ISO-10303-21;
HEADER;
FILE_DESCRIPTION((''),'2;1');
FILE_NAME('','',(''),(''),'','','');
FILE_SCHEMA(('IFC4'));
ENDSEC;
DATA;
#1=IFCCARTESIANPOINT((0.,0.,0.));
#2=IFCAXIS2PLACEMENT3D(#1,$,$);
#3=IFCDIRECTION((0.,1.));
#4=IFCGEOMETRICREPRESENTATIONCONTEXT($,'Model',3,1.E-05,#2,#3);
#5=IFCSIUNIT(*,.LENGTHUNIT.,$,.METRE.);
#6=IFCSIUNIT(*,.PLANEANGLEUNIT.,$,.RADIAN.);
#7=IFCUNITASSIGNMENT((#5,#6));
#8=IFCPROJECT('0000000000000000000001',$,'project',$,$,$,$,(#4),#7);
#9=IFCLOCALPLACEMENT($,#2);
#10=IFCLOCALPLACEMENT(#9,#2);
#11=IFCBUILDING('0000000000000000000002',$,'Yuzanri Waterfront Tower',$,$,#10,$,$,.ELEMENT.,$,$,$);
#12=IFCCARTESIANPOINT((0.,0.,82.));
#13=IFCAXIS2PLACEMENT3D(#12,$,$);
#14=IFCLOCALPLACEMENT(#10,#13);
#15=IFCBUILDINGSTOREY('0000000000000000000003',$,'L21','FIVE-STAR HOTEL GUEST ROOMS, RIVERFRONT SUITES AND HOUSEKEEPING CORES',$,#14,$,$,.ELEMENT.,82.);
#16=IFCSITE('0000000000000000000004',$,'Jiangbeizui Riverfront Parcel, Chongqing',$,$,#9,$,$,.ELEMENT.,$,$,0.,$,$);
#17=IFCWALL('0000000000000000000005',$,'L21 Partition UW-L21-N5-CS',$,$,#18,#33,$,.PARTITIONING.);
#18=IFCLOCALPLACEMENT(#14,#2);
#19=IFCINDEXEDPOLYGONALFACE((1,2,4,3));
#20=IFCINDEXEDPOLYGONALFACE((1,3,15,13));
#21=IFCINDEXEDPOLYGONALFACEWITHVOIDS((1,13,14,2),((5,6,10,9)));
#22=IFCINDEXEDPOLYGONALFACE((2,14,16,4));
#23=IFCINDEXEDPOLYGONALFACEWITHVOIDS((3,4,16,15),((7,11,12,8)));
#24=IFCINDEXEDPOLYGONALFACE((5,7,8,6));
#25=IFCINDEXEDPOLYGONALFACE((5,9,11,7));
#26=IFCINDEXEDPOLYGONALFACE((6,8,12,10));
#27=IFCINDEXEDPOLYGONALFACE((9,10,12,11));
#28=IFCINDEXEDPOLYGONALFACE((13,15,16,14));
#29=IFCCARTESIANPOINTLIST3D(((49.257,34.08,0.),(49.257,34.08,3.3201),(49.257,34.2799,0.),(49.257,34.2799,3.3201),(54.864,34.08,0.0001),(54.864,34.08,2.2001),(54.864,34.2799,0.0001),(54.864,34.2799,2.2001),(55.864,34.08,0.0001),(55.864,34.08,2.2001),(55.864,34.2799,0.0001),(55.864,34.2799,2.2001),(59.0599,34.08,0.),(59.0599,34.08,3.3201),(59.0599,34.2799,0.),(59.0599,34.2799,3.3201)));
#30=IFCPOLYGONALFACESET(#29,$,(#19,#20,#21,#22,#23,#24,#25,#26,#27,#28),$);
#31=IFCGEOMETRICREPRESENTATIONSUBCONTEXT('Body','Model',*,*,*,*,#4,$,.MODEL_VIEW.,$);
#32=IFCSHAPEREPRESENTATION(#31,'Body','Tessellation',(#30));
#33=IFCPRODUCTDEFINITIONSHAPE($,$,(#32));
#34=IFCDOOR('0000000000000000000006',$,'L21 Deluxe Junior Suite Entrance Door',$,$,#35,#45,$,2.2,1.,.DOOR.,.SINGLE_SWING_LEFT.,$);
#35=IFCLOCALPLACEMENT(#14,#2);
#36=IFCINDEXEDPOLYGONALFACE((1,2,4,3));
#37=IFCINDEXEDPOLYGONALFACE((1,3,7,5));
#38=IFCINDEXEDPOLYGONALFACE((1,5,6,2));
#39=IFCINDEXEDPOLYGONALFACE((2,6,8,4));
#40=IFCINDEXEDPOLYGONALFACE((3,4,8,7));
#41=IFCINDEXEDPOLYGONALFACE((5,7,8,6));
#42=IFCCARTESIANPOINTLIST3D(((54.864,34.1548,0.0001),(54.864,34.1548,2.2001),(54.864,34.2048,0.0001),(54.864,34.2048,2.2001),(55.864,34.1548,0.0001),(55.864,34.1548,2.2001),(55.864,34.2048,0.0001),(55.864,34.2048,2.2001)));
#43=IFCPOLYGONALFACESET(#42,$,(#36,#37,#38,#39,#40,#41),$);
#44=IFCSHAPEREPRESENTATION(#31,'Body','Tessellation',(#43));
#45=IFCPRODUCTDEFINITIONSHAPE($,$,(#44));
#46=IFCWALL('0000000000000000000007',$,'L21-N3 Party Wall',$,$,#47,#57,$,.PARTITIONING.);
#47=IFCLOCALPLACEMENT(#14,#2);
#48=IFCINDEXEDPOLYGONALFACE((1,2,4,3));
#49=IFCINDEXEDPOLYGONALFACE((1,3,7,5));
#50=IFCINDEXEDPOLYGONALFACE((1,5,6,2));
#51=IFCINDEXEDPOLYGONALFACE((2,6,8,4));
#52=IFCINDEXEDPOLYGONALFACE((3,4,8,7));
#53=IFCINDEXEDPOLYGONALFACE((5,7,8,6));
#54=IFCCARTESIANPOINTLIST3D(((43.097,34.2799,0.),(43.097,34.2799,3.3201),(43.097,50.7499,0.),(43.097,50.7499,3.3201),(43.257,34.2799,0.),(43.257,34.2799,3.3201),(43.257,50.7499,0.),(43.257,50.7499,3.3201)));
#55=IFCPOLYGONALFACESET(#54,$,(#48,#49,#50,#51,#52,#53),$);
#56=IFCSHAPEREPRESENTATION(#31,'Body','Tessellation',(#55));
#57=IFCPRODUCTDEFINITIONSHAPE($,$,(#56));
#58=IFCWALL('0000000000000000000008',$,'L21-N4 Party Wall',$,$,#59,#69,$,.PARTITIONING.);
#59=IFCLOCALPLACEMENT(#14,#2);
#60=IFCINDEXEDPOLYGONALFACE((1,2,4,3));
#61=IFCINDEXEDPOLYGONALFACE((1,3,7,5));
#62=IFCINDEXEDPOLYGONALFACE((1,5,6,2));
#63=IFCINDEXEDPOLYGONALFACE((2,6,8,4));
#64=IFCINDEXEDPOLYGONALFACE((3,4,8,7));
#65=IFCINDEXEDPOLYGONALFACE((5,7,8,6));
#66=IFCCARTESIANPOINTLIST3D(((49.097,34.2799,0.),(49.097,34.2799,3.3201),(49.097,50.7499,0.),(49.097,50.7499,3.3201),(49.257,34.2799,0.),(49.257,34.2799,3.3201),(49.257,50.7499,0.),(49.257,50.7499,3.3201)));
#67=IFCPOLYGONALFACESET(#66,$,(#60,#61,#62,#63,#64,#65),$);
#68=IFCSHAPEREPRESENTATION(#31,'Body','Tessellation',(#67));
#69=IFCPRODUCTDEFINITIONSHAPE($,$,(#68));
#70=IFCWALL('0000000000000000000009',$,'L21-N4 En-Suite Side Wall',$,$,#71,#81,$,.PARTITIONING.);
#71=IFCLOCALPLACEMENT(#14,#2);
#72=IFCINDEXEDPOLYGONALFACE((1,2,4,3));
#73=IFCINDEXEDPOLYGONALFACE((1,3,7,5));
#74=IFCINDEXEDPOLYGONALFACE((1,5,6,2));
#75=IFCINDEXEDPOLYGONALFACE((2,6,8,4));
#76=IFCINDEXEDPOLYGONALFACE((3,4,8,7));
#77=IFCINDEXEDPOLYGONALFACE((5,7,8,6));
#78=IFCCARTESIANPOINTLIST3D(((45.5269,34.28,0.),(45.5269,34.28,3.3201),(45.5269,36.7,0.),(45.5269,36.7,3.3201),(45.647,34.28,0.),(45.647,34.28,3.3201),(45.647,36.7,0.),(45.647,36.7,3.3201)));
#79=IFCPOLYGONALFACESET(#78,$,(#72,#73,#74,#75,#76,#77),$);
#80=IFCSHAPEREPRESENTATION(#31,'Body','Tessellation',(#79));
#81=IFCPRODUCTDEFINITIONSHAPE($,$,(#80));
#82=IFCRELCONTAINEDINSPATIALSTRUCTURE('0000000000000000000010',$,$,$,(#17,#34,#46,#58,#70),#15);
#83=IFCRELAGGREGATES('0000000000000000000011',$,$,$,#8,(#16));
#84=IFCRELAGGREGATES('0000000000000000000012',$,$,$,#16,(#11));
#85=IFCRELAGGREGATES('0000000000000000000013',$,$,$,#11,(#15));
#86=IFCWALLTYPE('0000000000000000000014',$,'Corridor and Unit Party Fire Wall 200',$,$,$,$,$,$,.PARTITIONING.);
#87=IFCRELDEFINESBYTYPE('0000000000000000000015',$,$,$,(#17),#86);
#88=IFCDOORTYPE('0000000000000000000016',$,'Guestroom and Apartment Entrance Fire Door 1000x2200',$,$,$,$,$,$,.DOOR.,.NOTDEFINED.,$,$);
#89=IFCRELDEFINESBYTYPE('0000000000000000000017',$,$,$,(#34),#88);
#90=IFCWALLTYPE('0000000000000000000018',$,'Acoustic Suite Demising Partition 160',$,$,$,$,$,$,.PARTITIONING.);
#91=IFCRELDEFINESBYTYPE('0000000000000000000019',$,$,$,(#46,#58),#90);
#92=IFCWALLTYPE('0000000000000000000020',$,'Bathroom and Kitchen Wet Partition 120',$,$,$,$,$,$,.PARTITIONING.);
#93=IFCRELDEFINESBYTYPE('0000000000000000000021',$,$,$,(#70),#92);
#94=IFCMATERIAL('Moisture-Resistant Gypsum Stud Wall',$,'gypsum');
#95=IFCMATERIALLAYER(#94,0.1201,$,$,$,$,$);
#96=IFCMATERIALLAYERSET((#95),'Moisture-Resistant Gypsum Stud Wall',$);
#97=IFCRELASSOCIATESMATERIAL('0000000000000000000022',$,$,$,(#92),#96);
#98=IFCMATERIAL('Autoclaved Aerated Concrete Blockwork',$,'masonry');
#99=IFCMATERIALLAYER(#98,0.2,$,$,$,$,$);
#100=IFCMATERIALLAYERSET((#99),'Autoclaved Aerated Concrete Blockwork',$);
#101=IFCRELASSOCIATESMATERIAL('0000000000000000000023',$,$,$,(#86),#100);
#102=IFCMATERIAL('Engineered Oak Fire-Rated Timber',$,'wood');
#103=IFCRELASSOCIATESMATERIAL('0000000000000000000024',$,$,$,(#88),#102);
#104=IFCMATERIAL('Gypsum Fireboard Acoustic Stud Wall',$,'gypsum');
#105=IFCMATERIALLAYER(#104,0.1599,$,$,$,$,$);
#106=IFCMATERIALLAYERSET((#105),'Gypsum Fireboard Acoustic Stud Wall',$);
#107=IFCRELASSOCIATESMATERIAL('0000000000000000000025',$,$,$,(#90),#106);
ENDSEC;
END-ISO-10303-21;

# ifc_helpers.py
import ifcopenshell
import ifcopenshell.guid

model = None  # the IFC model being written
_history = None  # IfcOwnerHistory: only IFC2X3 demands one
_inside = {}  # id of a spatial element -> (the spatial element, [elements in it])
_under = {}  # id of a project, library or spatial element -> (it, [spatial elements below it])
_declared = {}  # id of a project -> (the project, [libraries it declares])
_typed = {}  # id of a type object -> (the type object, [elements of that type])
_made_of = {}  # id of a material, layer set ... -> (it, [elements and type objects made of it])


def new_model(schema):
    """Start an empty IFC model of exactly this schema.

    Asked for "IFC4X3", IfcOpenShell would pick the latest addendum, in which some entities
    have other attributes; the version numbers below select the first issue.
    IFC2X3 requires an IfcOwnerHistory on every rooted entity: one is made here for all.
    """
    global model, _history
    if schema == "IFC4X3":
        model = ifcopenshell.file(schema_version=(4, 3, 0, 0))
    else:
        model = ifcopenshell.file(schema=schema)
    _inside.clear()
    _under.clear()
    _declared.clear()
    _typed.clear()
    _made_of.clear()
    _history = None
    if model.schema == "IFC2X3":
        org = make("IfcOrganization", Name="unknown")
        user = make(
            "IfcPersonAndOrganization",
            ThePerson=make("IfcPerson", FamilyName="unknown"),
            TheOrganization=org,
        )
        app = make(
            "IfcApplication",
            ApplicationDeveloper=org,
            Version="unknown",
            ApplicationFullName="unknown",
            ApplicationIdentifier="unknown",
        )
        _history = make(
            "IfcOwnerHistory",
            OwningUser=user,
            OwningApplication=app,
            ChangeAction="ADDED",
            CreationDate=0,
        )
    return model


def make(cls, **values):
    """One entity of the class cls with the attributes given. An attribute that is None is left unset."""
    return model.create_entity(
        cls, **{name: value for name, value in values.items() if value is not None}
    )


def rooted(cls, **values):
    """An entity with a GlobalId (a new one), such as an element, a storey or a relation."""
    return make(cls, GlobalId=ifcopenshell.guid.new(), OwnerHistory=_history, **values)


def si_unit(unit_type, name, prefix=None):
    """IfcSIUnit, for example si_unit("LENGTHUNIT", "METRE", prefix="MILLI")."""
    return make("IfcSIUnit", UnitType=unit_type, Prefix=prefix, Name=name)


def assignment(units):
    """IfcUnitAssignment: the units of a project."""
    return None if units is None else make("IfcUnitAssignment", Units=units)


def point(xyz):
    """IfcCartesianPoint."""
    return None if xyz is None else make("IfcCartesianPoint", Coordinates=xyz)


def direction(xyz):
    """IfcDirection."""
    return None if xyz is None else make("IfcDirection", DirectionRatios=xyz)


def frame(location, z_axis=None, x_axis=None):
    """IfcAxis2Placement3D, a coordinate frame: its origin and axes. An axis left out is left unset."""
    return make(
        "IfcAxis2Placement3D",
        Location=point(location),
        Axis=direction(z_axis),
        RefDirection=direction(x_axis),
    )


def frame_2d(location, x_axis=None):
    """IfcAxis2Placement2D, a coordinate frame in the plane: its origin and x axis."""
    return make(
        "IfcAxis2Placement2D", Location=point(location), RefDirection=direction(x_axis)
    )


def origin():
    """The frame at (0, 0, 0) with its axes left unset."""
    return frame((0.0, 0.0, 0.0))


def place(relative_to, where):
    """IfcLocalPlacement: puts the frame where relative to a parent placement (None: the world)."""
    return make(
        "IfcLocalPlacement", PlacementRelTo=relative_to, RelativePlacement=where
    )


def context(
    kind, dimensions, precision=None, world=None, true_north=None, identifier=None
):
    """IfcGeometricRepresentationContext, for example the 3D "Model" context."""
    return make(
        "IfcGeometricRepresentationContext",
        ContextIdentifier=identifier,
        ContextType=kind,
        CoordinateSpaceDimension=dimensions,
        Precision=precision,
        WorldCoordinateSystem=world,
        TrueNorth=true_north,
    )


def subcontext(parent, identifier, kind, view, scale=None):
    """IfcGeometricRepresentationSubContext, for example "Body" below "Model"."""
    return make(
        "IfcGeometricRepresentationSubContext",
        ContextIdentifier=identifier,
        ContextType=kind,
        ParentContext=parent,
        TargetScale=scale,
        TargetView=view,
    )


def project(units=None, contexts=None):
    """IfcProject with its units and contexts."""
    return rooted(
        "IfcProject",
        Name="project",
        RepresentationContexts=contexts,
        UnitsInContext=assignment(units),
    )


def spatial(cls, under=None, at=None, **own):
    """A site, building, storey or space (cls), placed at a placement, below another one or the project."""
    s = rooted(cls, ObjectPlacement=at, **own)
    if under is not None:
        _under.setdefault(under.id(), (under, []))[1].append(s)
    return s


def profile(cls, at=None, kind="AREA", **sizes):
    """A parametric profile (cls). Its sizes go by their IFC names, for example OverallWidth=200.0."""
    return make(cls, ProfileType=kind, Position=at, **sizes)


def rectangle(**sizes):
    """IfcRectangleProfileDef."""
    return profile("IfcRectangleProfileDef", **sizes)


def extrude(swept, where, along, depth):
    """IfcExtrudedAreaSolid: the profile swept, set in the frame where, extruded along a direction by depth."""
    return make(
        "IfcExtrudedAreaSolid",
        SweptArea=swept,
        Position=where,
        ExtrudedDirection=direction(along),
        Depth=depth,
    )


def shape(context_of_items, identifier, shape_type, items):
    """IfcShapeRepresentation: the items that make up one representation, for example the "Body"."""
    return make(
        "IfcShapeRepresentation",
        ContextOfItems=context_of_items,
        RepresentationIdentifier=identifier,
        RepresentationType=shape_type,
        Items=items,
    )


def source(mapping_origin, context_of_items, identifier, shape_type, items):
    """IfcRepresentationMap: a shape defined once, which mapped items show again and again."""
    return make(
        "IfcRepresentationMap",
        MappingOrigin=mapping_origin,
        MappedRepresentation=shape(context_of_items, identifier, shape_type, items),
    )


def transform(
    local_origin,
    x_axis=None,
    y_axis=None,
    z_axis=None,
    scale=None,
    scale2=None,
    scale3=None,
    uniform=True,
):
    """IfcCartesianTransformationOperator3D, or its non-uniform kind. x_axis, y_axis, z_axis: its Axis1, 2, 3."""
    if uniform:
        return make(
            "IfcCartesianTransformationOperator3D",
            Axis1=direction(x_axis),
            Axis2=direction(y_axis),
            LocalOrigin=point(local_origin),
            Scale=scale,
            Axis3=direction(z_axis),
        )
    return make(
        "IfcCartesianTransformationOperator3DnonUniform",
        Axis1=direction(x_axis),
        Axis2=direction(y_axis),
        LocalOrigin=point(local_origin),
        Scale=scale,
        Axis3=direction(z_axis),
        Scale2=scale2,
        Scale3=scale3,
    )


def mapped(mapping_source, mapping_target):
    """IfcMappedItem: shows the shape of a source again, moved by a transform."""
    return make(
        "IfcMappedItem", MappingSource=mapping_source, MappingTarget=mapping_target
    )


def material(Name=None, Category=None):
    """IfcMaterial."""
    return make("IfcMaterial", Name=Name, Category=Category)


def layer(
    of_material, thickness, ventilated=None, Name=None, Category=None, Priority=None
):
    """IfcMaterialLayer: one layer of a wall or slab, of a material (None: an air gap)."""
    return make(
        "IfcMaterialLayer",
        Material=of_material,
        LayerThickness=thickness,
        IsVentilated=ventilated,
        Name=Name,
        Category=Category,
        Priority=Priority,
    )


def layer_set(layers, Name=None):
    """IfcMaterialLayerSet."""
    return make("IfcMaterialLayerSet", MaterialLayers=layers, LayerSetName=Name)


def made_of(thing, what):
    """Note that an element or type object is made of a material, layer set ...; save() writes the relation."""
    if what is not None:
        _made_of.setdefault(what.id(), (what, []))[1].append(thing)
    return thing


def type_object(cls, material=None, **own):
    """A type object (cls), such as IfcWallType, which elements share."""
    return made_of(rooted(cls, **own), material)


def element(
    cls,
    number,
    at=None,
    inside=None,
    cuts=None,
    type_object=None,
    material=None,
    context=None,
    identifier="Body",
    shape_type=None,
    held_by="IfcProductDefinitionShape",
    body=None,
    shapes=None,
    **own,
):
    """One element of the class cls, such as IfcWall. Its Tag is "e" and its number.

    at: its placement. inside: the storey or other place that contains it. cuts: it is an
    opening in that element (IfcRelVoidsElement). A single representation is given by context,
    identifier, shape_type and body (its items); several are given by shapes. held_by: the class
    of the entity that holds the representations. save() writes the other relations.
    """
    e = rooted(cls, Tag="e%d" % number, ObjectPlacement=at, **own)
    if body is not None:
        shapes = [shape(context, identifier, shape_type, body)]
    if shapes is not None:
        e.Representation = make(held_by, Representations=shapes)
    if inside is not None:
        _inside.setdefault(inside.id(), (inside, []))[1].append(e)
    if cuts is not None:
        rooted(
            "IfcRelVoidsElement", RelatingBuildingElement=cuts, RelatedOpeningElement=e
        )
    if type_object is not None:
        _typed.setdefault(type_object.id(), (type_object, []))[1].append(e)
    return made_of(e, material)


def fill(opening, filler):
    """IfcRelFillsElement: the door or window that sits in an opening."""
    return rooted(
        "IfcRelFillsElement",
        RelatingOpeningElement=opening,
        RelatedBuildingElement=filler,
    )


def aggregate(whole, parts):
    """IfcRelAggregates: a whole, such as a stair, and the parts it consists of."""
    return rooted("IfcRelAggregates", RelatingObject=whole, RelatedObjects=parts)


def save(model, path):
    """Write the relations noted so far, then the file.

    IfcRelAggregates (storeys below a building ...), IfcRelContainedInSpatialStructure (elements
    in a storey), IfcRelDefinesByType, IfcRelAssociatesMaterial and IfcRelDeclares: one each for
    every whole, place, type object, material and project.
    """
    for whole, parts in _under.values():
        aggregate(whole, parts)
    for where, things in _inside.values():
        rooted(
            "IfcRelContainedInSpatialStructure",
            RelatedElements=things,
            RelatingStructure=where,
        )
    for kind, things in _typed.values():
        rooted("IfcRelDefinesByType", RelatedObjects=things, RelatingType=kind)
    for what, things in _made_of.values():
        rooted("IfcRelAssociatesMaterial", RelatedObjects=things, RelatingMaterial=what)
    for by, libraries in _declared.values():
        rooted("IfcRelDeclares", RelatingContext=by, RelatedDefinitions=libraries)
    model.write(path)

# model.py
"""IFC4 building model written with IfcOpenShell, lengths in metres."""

from ifc_helpers import new_model, si_unit, direction, frame, frame_2d, origin, place, context, subcontext, project, spatial, rectangle, extrude, source, transform, mapped, material, layer, layer_set, type_object, element, fill, save


model = new_model("IFC4")

# Units and contexts
model_context = context("Model", 3, precision=1e-05, world=origin(), true_north=direction((0.0, 1.0)))
body_context = subcontext(model_context, "Body", "Model", "MODEL_VIEW")
ifc_project = project(units=[si_unit("LENGTHUNIT", "METRE"), si_unit("PLANEANGLEUNIT", "RADIAN")], contexts=[model_context])

# Site, building, storey
site_placement = place(None, origin())
site = spatial("IfcSite", under=ifc_project, at=site_placement, Name="Jiangbeizui Riverfront Parcel, Chongqing", CompositionType="ELEMENT", RefElevation=0.0)
building_placement = place(site_placement, origin())
building = spatial("IfcBuilding", under=site, at=building_placement, Name="Yuzanri Waterfront Tower", CompositionType="ELEMENT")
storey_placement = place(building_placement, frame((0.0, 0.0, 82.0)))
storey = spatial("IfcBuildingStorey", under=building, at=storey_placement, Name="L21", Description="FIVE-STAR HOTEL GUEST ROOMS, RIVERFRONT SUITES AND HOUSEKEEPING CORES", CompositionType="ELEMENT", Elevation=82.0)

# Wall, opening, door
ifc_material_1 = material(Name="Moisture-Resistant Gypsum Stud Wall", Category="gypsum")
ifc_layer_1 = layer(ifc_material_1, 0.1201)
ifc_layer_set_1 = layer_set([ifc_layer_1], Name="Moisture-Resistant Gypsum Stud Wall")
wall_type_1 = type_object("IfcWallType", Name="Bathroom and Kitchen Wet Partition 120", PredefinedType="PARTITIONING", material=ifc_layer_set_1)
ifc_material_2 = material(Name="Autoclaved Aerated Concrete Blockwork", Category="masonry")
ifc_layer_2 = layer(ifc_material_2, 0.2)
ifc_layer_set_2 = layer_set([ifc_layer_2], Name="Autoclaved Aerated Concrete Blockwork")
wall_type_2 = type_object("IfcWallType", Name="Corridor and Unit Party Fire Wall 200", PredefinedType="PARTITIONING", material=ifc_layer_set_2)
ifc_material_3 = material(Name="Engineered Oak Fire-Rated Timber", Category="wood")
door_type_1 = type_object("IfcDoorType", Name="Guestroom and Apartment Entrance Fire Door 1000x2200", OperationType="NOTDEFINED", PredefinedType="DOOR", material=ifc_material_3)
shared_shape_1 = source(origin(), body_context, "Body", "SweptSolid", [
    extrude(rectangle(XDim=1.0, YDim=2.2, at=frame_2d((0.5, 1.1001))), frame((0.0, 0.0249, 0.0), z_axis=(0.0, -1.0, 0.0), x_axis=(1.0, 0.0, 0.0)), (0.0, 0.0, 1.0), 0.05),
])
wall_1_placement = place(storey_placement, frame((49.2571, 34.1799, 0.0), z_axis=(0.0, 0.0, 1.0), x_axis=(1.0, 0.0, 0.0)))
wall_1 = element("IfcWall", 1, at=wall_1_placement, inside=storey, type_object=wall_type_2, Name="L21 Partition UW-L21-N5-CS", PredefinedType="PARTITIONING", context=body_context, shape_type="SweptSolid", body=[
    extrude(rectangle(XDim=9.803, YDim=0.2, at=frame_2d((4.9014, 0.0))), origin(), (0.0, 0.0, 1.0), 3.3201),
])
opening_1_placement = place(wall_1_placement, frame((5.6069, 0.0, 0.0)))
opening_1 = element("IfcOpeningElement", 2, at=opening_1_placement, cuts=wall_1, PredefinedType="OPENING", context=body_context, shape_type="SweptSolid", body=[
    extrude(rectangle(XDim=1.0, YDim=2.2, at=frame_2d((0.5, 1.1001))), frame((0.0, 0.1147, 0.0), z_axis=(0.0, -1.0, 0.0), x_axis=(1.0, 0.0, 0.0)), (0.0, 0.0, 1.0), 0.2297),
])
door_1_placement = place(opening_1_placement, origin())
door_1 = element("IfcDoor", 3, at=door_1_placement, inside=storey, type_object=door_type_1, Name="L21 Deluxe Junior Suite Entrance Door", OperationType="SINGLE_SWING_LEFT", OverallHeight=2.2, OverallWidth=1.0, PredefinedType="DOOR", context=body_context, shape_type="MappedRepresentation", body=[
    mapped(shared_shape_1, transform((0.0, 0.0, 0.0), scale=1.0)),
])
fill(opening_1, door_1)

# Walls
ifc_material_4 = material(Name="Gypsum Fireboard Acoustic Stud Wall", Category="gypsum")
ifc_layer_3 = layer(ifc_material_4, 0.1599)
ifc_layer_set_3 = layer_set([ifc_layer_3], Name="Gypsum Fireboard Acoustic Stud Wall")
wall_type_3 = type_object("IfcWallType", Name="Acoustic Suite Demising Partition 160", PredefinedType="PARTITIONING", material=ifc_layer_set_3)
shared_shape_2 = source(origin(), body_context, "Body", "SweptSolid", [
    extrude(rectangle(XDim=16.47, YDim=0.1599, at=frame_2d((8.2349, 0.0))), origin(), (0.0, 0.0, 1.0), 3.3201),
])
for number, where, z_axis, x_axis, name in (
    (4, (43.177, 34.28, 0.0), (0.0, 0.0, 1.0), (0.0, 1.0, 0.0), "L21-N3 Party Wall"),
    (5, (49.177, 34.28, 0.0), (0.0, 0.0, 1.0), (0.0, 1.0, 0.0), "L21-N4 Party Wall"),
):
    element("IfcWall", number, at=place(storey_placement, frame(where, z_axis=z_axis, x_axis=x_axis)), inside=storey, type_object=wall_type_3, Name=name, PredefinedType="PARTITIONING", context=body_context, shape_type="MappedRepresentation", body=[
        mapped(shared_shape_2, transform((0.0, 0.0, 0.0), scale=1.0)),
    ])
shared_shape_3 = source(origin(), body_context, "Body", "SweptSolid", [
    extrude(rectangle(XDim=2.4199, YDim=0.1201, at=frame_2d((1.21, 0.0))), origin(), (0.0, 0.0, 1.0), 3.3201),
])
wall_2_placement = place(storey_placement, frame((45.5869, 34.28, 0.0), z_axis=(0.0, 0.0, 1.0), x_axis=(0.0, 1.0, 0.0)))
element("IfcWall", 6, at=wall_2_placement, inside=storey, type_object=wall_type_1, Name="L21-N4 En-Suite Side Wall", PredefinedType="PARTITIONING", context=body_context, shape_type="MappedRepresentation", body=[
    mapped(shared_shape_3, transform((0.0, 0.0, 0.0), scale=1.0)),
])

save(model, "model.ifc")
